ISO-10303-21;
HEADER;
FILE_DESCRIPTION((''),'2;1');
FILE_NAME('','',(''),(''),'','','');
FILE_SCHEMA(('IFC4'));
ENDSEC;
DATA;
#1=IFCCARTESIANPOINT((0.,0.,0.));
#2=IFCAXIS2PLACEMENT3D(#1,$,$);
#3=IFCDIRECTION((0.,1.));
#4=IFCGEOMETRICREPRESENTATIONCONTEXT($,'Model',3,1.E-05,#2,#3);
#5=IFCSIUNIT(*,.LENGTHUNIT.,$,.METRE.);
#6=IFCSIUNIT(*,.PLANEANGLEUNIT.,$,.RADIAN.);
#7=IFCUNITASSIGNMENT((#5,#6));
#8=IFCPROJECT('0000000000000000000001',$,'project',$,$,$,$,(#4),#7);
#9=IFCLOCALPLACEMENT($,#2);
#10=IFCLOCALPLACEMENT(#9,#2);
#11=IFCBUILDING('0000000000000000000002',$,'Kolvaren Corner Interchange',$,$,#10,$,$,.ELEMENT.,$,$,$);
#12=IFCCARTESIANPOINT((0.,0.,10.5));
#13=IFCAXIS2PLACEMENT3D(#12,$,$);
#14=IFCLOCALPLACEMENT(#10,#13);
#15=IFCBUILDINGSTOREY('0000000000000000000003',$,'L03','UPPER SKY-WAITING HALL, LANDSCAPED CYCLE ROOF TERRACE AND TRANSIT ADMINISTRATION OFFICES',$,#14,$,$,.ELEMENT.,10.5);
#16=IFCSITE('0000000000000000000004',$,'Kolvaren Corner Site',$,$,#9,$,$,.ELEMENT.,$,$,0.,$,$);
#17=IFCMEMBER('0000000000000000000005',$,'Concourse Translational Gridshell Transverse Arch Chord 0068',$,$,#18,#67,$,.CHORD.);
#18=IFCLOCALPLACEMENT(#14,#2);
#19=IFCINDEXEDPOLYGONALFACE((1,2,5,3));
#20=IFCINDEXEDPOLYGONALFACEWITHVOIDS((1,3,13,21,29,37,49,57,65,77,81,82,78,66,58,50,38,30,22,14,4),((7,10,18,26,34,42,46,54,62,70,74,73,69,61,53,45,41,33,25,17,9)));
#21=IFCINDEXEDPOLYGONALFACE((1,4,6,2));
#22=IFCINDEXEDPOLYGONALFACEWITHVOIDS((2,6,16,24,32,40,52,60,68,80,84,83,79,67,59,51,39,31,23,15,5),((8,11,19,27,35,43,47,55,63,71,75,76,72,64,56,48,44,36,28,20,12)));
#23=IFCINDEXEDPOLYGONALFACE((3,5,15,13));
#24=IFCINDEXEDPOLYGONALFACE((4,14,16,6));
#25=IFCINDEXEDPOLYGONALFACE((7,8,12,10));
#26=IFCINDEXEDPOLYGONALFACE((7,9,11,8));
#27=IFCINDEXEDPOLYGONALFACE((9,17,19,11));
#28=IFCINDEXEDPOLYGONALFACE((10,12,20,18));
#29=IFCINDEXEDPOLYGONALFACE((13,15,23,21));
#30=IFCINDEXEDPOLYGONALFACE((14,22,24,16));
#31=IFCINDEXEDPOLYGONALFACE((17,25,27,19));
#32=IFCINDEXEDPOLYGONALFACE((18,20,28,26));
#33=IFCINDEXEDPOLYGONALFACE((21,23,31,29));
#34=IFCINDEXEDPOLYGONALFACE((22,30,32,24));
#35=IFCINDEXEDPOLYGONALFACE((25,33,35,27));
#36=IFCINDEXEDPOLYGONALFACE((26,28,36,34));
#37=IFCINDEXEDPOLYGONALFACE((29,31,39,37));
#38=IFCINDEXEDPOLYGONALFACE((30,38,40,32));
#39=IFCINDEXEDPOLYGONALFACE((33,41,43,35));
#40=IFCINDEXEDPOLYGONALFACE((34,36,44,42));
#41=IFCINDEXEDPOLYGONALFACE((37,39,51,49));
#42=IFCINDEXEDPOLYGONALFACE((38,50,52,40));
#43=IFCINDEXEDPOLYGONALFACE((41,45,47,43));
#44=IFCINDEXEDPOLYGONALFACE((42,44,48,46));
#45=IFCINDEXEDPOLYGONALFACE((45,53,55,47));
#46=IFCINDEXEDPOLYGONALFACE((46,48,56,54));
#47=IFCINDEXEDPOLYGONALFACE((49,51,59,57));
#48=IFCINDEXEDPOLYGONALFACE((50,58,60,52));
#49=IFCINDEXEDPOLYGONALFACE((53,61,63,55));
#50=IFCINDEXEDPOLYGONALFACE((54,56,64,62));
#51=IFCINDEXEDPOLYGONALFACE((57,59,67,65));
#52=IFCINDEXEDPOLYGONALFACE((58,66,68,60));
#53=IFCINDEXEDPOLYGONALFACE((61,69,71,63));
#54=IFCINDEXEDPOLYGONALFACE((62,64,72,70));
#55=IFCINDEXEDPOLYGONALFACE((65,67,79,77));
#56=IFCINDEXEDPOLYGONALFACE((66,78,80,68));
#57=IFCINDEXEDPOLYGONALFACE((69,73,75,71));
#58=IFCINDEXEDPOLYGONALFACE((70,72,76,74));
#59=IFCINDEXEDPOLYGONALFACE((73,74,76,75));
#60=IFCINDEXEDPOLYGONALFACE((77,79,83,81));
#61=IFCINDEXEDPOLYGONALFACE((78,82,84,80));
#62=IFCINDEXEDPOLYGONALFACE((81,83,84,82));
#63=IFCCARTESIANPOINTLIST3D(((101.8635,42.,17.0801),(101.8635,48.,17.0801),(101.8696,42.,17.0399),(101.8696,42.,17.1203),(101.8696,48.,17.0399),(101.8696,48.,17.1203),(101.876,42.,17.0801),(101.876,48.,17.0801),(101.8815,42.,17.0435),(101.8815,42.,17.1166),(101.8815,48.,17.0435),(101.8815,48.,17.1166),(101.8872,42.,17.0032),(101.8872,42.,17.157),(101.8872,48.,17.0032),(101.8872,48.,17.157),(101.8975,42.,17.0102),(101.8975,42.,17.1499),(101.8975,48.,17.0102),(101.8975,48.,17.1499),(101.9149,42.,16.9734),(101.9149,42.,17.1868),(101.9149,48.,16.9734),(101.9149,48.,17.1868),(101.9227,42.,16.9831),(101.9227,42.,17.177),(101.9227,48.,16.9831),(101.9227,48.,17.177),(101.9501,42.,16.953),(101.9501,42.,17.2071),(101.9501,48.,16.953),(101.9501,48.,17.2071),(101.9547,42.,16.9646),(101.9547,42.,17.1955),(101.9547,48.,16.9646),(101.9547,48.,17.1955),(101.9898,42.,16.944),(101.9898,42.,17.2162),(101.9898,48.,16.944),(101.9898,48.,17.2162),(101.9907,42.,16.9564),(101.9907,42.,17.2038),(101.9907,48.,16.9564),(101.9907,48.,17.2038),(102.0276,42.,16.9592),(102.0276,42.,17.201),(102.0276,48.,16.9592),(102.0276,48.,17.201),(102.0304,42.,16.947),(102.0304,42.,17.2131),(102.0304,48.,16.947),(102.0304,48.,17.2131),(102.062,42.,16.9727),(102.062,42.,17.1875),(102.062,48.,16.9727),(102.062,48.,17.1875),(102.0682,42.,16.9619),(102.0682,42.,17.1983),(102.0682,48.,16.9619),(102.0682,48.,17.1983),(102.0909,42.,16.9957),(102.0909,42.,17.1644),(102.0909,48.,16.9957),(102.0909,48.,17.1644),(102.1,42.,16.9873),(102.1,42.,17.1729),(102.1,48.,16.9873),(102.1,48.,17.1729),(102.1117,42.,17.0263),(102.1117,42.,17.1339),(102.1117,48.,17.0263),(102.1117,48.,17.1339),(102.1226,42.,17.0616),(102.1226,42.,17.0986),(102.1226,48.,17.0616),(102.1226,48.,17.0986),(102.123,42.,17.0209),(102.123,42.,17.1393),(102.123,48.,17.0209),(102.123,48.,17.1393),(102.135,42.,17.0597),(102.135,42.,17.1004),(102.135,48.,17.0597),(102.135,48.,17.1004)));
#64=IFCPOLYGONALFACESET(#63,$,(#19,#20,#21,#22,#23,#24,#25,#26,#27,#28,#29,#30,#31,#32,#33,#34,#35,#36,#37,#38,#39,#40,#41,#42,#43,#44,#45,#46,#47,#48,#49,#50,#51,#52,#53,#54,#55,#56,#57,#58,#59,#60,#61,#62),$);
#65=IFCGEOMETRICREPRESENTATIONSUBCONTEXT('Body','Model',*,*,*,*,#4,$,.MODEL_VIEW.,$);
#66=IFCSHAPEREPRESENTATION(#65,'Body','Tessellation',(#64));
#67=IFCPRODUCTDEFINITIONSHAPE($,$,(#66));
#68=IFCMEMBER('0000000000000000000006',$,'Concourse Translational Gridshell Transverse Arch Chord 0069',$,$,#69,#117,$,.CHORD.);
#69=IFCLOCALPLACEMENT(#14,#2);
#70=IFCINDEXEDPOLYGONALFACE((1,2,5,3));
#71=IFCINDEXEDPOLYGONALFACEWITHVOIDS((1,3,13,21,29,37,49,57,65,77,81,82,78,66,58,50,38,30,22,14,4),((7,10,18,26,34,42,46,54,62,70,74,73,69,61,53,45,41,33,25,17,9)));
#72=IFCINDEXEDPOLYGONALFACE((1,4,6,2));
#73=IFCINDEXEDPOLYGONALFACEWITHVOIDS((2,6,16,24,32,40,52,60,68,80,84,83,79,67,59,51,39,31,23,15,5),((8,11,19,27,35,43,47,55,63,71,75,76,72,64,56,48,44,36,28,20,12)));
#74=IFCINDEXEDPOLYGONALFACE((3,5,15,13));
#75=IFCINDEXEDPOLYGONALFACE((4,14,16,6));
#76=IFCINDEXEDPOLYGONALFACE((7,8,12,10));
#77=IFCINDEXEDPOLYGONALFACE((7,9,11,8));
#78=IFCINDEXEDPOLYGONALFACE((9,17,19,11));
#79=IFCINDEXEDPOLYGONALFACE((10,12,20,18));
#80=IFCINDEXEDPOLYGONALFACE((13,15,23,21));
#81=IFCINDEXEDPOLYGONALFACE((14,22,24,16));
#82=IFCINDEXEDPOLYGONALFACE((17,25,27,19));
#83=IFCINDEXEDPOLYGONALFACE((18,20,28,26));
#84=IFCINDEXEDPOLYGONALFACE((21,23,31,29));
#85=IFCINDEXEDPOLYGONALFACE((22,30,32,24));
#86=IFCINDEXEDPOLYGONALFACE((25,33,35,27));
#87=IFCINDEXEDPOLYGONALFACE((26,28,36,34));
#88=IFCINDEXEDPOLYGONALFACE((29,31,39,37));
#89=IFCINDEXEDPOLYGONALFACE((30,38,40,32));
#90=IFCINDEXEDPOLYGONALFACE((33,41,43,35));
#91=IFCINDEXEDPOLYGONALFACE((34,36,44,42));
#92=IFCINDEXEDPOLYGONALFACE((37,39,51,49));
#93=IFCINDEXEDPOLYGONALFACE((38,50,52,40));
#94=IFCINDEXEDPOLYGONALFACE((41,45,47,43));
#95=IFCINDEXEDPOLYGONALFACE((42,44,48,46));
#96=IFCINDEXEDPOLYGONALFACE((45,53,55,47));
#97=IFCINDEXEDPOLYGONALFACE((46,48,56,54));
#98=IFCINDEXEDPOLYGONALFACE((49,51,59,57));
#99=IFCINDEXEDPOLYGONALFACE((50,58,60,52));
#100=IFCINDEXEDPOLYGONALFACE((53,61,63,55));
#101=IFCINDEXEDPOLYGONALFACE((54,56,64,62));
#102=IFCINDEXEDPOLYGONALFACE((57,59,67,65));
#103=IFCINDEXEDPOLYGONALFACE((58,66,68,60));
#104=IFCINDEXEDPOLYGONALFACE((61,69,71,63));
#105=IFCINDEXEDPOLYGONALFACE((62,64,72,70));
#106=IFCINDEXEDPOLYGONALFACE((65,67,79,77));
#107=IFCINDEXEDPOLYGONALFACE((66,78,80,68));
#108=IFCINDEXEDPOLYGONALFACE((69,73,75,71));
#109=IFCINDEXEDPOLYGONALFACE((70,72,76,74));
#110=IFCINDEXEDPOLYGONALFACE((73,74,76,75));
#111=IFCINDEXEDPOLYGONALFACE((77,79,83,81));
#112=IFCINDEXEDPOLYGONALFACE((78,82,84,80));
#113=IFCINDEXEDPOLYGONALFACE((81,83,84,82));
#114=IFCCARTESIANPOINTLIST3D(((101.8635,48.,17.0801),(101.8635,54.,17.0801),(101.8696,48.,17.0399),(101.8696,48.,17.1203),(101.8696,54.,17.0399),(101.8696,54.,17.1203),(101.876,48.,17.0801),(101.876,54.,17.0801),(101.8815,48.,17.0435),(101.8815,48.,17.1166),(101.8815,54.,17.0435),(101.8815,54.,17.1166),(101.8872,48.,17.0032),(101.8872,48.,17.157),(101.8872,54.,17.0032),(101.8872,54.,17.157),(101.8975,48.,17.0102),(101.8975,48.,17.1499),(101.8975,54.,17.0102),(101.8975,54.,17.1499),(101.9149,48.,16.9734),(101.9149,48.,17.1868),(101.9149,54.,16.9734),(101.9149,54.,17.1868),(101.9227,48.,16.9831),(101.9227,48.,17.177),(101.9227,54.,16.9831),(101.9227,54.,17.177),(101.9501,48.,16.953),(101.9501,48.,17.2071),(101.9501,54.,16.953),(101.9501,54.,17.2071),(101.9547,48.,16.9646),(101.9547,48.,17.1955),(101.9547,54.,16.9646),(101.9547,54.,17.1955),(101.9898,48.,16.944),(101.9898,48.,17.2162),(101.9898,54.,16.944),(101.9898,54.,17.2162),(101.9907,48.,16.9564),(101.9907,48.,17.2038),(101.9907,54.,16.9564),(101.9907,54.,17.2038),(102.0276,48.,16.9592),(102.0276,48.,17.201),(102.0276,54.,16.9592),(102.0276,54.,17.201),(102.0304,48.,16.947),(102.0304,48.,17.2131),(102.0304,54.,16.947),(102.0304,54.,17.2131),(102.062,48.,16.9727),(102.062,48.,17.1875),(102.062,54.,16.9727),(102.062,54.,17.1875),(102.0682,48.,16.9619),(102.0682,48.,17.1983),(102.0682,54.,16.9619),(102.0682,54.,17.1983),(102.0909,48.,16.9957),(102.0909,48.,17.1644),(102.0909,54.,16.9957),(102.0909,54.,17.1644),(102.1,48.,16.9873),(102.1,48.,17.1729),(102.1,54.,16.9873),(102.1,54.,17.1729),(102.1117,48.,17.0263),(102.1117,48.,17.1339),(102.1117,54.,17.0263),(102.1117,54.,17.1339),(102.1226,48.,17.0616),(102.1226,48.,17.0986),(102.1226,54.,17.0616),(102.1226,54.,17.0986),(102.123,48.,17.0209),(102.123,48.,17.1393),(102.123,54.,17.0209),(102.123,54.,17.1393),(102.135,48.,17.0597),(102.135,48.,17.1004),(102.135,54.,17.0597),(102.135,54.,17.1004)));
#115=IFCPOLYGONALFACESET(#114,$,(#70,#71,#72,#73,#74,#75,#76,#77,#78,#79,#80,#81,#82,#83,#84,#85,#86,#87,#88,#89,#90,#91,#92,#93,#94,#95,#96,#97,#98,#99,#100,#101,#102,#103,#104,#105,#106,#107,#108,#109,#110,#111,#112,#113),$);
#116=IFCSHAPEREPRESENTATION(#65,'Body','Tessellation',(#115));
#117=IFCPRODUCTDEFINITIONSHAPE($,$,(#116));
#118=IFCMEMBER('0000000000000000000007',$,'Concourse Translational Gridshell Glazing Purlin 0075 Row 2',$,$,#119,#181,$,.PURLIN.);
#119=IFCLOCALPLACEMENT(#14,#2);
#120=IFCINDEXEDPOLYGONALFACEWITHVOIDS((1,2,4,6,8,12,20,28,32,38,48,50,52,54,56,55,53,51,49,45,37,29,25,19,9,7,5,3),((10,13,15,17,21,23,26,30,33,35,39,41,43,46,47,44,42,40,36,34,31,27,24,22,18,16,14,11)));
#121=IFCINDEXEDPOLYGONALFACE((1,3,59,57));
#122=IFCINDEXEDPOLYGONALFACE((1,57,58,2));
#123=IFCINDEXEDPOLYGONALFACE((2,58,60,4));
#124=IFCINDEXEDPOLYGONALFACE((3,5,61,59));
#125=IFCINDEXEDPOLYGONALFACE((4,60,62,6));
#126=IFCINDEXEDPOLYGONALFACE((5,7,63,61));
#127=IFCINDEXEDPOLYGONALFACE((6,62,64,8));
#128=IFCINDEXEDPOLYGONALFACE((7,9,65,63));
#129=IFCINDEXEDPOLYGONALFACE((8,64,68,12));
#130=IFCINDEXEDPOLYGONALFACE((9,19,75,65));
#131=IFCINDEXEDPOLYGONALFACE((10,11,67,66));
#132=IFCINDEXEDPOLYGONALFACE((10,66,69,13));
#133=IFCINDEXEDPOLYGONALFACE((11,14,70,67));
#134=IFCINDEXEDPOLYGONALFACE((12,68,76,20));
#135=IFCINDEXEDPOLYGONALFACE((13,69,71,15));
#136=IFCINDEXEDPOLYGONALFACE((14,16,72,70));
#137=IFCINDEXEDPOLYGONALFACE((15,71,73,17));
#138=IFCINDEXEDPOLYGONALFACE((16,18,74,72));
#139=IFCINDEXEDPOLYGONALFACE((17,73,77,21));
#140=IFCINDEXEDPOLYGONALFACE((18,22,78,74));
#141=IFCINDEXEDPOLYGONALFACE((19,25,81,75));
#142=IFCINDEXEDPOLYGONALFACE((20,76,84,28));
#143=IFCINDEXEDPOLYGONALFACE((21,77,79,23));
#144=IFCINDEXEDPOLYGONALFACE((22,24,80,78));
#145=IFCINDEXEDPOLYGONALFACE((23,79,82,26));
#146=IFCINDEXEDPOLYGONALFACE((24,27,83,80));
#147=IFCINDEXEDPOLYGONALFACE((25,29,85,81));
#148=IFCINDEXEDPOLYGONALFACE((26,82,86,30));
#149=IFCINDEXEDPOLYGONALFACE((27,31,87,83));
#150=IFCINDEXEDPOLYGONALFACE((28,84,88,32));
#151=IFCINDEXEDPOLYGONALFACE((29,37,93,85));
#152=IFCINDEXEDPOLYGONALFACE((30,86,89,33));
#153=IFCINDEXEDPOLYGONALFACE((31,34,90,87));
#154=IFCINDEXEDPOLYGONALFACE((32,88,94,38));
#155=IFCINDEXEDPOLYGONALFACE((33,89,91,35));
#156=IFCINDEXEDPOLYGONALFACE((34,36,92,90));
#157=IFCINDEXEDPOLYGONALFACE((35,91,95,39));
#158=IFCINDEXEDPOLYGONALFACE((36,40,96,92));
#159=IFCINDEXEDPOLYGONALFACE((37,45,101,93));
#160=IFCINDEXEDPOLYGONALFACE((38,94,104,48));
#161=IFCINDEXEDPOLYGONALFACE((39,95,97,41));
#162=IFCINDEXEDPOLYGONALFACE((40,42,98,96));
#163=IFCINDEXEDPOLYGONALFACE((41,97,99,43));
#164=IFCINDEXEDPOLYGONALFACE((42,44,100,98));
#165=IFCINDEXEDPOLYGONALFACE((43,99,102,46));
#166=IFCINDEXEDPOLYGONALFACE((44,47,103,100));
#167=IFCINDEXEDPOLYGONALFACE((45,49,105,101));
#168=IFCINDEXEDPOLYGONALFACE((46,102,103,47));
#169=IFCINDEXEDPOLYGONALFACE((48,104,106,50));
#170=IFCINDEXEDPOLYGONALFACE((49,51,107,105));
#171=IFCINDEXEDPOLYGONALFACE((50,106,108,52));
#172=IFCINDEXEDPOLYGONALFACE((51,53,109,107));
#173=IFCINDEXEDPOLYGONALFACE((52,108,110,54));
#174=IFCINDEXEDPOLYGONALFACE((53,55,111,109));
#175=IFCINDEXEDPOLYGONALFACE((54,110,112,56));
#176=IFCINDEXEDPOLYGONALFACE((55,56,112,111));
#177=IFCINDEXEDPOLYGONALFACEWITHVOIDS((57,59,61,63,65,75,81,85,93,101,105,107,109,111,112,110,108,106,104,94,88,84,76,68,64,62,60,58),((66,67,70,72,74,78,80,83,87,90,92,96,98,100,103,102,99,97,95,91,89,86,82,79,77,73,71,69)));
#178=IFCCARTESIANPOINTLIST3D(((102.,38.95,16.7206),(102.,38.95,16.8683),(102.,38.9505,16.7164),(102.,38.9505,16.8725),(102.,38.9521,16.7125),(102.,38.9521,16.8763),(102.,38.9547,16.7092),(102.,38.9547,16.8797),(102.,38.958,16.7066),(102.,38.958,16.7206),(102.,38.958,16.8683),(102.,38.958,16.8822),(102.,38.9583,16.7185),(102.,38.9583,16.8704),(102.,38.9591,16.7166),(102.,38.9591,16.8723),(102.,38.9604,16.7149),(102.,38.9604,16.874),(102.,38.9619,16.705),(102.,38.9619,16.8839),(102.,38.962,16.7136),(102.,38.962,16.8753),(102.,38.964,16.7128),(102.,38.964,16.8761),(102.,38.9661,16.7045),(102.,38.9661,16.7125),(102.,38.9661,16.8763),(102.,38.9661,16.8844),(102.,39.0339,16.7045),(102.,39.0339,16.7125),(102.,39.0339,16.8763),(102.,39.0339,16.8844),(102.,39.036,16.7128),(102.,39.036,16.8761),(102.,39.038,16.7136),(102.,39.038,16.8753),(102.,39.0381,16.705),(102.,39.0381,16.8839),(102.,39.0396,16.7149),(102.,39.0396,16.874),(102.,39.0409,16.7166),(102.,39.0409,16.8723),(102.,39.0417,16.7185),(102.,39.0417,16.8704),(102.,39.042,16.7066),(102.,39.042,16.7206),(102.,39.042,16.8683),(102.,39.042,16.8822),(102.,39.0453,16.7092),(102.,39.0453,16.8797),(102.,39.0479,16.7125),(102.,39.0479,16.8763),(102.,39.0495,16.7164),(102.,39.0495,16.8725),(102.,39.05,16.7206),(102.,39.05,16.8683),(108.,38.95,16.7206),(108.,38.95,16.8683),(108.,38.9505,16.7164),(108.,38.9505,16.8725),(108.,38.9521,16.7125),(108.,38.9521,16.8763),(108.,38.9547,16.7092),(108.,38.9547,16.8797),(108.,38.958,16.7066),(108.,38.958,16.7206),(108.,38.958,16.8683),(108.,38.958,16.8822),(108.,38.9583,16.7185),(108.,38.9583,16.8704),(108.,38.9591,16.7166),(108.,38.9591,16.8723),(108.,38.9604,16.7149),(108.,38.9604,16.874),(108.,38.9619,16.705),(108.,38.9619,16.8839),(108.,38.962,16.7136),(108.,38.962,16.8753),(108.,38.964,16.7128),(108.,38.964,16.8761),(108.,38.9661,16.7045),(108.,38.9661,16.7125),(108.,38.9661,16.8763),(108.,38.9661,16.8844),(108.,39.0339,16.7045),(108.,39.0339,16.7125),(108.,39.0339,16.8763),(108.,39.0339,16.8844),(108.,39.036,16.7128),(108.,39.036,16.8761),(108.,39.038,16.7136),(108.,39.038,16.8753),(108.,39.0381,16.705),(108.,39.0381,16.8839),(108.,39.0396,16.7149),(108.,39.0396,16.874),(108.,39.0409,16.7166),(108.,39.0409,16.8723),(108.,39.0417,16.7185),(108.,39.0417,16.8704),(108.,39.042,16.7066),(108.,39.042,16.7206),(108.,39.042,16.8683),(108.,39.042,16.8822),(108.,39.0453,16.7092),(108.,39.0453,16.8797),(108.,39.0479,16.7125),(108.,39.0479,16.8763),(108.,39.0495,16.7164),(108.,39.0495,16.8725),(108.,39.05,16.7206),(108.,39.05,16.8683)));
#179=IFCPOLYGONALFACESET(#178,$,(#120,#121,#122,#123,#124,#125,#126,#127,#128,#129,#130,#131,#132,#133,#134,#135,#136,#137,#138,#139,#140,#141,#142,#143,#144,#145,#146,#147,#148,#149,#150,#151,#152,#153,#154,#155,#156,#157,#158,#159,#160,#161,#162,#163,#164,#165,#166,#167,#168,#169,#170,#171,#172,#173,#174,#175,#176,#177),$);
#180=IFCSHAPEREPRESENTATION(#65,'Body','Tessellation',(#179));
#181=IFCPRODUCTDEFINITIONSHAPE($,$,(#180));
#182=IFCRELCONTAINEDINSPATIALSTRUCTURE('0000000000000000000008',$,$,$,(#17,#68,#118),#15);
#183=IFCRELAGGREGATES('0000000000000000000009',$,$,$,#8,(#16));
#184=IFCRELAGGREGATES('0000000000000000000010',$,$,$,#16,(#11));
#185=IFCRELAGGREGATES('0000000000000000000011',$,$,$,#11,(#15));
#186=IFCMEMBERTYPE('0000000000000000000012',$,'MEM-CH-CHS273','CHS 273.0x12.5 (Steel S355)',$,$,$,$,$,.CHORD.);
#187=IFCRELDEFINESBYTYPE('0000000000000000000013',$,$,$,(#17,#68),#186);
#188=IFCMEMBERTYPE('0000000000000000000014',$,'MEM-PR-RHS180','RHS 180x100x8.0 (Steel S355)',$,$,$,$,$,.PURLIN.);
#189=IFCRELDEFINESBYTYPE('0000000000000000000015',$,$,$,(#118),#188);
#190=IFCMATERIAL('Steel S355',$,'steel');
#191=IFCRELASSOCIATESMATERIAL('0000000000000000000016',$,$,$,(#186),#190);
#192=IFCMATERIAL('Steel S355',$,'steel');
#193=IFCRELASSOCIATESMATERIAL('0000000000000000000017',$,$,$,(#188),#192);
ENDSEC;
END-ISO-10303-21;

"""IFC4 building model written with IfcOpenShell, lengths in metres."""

from ifc_helpers import new_model, si_unit, direction, frame, origin, origin_2d, place, context, subcontext, project, spatial, hollow_rectangle, hollow_circle, extrude, material, material_profile, profile_set, type_object, element, save


model = new_model("IFC4")

# Units and contexts
model_context = context("Model", 3, precision=1e-05, world=origin(), true_north=direction((0.0, 1.0)))
body_context = subcontext(model_context, "Body", "Model", "MODEL_VIEW")
ifc_project = project(units=[si_unit("LENGTHUNIT", "METRE"), si_unit("PLANEANGLEUNIT", "RADIAN")], contexts=[model_context])

# Site, building, storey
site_placement = place(None, origin())
site = spatial("IfcSite", under=ifc_project, at=site_placement, Name="Kolvaren Corner Site", CompositionType="ELEMENT", RefElevation=0.0)
building_placement = place(site_placement, origin())
building = spatial("IfcBuilding", under=site, at=building_placement, Name="Kolvaren Corner Interchange", CompositionType="ELEMENT")
storey_placement = place(building_placement, frame((0.0, 0.0, 10.5)))
storey = spatial("IfcBuildingStorey", under=building, at=storey_placement, Name="L03", Description="UPPER SKY-WAITING HALL, LANDSCAPED CYCLE ROOF TERRACE AND TRANSIT ADMINISTRATION OFFICES", CompositionType="ELEMENT", Elevation=10.5)

# Members
ifc_material_1 = material(Name="Steel S355", Category="steel")
ifc_material_profile_1 = material_profile(ifc_material_1, hollow_circle(Radius=0.1365, WallThickness=0.0125, at=origin_2d()), Name="CHS 273.0x12.5")
ifc_profile_set_1 = profile_set([ifc_material_profile_1], Name="Steel S355")
member_type_1 = type_object("IfcMemberType", Name="MEM-CH-CHS273", Description="CHS 273.0x12.5 (Steel S355)", PredefinedType="CHORD", material=ifc_profile_set_1)
for number, where, z_axis, x_axis, name in (
    (1, (102.0, 42.0, 17.0801), (0.0, 1.0, 0.0), (-1.0, 0.0, 0.0), "Concourse Translational Gridshell Transverse Arch Chord 0068"),
    (2, (102.0, 48.0, 17.0801), (0.0, 1.0, 0.0), (-1.0, 0.0, 0.0), "Concourse Translational Gridshell Transverse Arch Chord 0069"),
):
    element("IfcMember", number, at=place(storey_placement, frame(where, z_axis=z_axis, x_axis=x_axis)), inside=storey, type_object=member_type_1, Name=name, PredefinedType="CHORD", context=body_context, shape_type="SweptSolid", body=[
        extrude(hollow_circle(Radius=0.1365, WallThickness=0.0125, at=origin_2d()), origin(), (0.0, 0.0, 1.0), 6.0),
    ])
ifc_material_2 = material(Name="Steel S355", Category="steel")
ifc_material_profile_2 = material_profile(ifc_material_2, hollow_rectangle(XDim=0.1001, YDim=0.1799, WallThickness=0.0081, InnerFilletRadius=0.0081, OuterFilletRadius=0.0161, at=origin_2d()), Name="RHS 180x100x8.0")
ifc_profile_set_2 = profile_set([ifc_material_profile_2], Name="Steel S355")
member_type_2 = type_object("IfcMemberType", Name="MEM-PR-RHS180", Description="RHS 180x100x8.0 (Steel S355)", PredefinedType="PURLIN", material=ifc_profile_set_2)
for number, where, z_axis, x_axis, name in (
    (3, (102.0, 39.0, 16.7944), (1.0, 0.0, 0.0), (0.0, 1.0, 0.0), "Concourse Translational Gridshell Glazing Purlin 0075 Row 2"),
):
    element("IfcMember", number, at=place(storey_placement, frame(where, z_axis=z_axis, x_axis=x_axis)), inside=storey, type_object=member_type_2, Name=name, PredefinedType="PURLIN", context=body_context, shape_type="SweptSolid", body=[
        extrude(hollow_rectangle(XDim=0.1001, YDim=0.1799, WallThickness=0.0081, InnerFilletRadius=0.0081, OuterFilletRadius=0.0161, at=origin_2d()), origin(), (0.0, 0.0, 1.0), 6.0),
    ])

save(model, "model.ifc")
